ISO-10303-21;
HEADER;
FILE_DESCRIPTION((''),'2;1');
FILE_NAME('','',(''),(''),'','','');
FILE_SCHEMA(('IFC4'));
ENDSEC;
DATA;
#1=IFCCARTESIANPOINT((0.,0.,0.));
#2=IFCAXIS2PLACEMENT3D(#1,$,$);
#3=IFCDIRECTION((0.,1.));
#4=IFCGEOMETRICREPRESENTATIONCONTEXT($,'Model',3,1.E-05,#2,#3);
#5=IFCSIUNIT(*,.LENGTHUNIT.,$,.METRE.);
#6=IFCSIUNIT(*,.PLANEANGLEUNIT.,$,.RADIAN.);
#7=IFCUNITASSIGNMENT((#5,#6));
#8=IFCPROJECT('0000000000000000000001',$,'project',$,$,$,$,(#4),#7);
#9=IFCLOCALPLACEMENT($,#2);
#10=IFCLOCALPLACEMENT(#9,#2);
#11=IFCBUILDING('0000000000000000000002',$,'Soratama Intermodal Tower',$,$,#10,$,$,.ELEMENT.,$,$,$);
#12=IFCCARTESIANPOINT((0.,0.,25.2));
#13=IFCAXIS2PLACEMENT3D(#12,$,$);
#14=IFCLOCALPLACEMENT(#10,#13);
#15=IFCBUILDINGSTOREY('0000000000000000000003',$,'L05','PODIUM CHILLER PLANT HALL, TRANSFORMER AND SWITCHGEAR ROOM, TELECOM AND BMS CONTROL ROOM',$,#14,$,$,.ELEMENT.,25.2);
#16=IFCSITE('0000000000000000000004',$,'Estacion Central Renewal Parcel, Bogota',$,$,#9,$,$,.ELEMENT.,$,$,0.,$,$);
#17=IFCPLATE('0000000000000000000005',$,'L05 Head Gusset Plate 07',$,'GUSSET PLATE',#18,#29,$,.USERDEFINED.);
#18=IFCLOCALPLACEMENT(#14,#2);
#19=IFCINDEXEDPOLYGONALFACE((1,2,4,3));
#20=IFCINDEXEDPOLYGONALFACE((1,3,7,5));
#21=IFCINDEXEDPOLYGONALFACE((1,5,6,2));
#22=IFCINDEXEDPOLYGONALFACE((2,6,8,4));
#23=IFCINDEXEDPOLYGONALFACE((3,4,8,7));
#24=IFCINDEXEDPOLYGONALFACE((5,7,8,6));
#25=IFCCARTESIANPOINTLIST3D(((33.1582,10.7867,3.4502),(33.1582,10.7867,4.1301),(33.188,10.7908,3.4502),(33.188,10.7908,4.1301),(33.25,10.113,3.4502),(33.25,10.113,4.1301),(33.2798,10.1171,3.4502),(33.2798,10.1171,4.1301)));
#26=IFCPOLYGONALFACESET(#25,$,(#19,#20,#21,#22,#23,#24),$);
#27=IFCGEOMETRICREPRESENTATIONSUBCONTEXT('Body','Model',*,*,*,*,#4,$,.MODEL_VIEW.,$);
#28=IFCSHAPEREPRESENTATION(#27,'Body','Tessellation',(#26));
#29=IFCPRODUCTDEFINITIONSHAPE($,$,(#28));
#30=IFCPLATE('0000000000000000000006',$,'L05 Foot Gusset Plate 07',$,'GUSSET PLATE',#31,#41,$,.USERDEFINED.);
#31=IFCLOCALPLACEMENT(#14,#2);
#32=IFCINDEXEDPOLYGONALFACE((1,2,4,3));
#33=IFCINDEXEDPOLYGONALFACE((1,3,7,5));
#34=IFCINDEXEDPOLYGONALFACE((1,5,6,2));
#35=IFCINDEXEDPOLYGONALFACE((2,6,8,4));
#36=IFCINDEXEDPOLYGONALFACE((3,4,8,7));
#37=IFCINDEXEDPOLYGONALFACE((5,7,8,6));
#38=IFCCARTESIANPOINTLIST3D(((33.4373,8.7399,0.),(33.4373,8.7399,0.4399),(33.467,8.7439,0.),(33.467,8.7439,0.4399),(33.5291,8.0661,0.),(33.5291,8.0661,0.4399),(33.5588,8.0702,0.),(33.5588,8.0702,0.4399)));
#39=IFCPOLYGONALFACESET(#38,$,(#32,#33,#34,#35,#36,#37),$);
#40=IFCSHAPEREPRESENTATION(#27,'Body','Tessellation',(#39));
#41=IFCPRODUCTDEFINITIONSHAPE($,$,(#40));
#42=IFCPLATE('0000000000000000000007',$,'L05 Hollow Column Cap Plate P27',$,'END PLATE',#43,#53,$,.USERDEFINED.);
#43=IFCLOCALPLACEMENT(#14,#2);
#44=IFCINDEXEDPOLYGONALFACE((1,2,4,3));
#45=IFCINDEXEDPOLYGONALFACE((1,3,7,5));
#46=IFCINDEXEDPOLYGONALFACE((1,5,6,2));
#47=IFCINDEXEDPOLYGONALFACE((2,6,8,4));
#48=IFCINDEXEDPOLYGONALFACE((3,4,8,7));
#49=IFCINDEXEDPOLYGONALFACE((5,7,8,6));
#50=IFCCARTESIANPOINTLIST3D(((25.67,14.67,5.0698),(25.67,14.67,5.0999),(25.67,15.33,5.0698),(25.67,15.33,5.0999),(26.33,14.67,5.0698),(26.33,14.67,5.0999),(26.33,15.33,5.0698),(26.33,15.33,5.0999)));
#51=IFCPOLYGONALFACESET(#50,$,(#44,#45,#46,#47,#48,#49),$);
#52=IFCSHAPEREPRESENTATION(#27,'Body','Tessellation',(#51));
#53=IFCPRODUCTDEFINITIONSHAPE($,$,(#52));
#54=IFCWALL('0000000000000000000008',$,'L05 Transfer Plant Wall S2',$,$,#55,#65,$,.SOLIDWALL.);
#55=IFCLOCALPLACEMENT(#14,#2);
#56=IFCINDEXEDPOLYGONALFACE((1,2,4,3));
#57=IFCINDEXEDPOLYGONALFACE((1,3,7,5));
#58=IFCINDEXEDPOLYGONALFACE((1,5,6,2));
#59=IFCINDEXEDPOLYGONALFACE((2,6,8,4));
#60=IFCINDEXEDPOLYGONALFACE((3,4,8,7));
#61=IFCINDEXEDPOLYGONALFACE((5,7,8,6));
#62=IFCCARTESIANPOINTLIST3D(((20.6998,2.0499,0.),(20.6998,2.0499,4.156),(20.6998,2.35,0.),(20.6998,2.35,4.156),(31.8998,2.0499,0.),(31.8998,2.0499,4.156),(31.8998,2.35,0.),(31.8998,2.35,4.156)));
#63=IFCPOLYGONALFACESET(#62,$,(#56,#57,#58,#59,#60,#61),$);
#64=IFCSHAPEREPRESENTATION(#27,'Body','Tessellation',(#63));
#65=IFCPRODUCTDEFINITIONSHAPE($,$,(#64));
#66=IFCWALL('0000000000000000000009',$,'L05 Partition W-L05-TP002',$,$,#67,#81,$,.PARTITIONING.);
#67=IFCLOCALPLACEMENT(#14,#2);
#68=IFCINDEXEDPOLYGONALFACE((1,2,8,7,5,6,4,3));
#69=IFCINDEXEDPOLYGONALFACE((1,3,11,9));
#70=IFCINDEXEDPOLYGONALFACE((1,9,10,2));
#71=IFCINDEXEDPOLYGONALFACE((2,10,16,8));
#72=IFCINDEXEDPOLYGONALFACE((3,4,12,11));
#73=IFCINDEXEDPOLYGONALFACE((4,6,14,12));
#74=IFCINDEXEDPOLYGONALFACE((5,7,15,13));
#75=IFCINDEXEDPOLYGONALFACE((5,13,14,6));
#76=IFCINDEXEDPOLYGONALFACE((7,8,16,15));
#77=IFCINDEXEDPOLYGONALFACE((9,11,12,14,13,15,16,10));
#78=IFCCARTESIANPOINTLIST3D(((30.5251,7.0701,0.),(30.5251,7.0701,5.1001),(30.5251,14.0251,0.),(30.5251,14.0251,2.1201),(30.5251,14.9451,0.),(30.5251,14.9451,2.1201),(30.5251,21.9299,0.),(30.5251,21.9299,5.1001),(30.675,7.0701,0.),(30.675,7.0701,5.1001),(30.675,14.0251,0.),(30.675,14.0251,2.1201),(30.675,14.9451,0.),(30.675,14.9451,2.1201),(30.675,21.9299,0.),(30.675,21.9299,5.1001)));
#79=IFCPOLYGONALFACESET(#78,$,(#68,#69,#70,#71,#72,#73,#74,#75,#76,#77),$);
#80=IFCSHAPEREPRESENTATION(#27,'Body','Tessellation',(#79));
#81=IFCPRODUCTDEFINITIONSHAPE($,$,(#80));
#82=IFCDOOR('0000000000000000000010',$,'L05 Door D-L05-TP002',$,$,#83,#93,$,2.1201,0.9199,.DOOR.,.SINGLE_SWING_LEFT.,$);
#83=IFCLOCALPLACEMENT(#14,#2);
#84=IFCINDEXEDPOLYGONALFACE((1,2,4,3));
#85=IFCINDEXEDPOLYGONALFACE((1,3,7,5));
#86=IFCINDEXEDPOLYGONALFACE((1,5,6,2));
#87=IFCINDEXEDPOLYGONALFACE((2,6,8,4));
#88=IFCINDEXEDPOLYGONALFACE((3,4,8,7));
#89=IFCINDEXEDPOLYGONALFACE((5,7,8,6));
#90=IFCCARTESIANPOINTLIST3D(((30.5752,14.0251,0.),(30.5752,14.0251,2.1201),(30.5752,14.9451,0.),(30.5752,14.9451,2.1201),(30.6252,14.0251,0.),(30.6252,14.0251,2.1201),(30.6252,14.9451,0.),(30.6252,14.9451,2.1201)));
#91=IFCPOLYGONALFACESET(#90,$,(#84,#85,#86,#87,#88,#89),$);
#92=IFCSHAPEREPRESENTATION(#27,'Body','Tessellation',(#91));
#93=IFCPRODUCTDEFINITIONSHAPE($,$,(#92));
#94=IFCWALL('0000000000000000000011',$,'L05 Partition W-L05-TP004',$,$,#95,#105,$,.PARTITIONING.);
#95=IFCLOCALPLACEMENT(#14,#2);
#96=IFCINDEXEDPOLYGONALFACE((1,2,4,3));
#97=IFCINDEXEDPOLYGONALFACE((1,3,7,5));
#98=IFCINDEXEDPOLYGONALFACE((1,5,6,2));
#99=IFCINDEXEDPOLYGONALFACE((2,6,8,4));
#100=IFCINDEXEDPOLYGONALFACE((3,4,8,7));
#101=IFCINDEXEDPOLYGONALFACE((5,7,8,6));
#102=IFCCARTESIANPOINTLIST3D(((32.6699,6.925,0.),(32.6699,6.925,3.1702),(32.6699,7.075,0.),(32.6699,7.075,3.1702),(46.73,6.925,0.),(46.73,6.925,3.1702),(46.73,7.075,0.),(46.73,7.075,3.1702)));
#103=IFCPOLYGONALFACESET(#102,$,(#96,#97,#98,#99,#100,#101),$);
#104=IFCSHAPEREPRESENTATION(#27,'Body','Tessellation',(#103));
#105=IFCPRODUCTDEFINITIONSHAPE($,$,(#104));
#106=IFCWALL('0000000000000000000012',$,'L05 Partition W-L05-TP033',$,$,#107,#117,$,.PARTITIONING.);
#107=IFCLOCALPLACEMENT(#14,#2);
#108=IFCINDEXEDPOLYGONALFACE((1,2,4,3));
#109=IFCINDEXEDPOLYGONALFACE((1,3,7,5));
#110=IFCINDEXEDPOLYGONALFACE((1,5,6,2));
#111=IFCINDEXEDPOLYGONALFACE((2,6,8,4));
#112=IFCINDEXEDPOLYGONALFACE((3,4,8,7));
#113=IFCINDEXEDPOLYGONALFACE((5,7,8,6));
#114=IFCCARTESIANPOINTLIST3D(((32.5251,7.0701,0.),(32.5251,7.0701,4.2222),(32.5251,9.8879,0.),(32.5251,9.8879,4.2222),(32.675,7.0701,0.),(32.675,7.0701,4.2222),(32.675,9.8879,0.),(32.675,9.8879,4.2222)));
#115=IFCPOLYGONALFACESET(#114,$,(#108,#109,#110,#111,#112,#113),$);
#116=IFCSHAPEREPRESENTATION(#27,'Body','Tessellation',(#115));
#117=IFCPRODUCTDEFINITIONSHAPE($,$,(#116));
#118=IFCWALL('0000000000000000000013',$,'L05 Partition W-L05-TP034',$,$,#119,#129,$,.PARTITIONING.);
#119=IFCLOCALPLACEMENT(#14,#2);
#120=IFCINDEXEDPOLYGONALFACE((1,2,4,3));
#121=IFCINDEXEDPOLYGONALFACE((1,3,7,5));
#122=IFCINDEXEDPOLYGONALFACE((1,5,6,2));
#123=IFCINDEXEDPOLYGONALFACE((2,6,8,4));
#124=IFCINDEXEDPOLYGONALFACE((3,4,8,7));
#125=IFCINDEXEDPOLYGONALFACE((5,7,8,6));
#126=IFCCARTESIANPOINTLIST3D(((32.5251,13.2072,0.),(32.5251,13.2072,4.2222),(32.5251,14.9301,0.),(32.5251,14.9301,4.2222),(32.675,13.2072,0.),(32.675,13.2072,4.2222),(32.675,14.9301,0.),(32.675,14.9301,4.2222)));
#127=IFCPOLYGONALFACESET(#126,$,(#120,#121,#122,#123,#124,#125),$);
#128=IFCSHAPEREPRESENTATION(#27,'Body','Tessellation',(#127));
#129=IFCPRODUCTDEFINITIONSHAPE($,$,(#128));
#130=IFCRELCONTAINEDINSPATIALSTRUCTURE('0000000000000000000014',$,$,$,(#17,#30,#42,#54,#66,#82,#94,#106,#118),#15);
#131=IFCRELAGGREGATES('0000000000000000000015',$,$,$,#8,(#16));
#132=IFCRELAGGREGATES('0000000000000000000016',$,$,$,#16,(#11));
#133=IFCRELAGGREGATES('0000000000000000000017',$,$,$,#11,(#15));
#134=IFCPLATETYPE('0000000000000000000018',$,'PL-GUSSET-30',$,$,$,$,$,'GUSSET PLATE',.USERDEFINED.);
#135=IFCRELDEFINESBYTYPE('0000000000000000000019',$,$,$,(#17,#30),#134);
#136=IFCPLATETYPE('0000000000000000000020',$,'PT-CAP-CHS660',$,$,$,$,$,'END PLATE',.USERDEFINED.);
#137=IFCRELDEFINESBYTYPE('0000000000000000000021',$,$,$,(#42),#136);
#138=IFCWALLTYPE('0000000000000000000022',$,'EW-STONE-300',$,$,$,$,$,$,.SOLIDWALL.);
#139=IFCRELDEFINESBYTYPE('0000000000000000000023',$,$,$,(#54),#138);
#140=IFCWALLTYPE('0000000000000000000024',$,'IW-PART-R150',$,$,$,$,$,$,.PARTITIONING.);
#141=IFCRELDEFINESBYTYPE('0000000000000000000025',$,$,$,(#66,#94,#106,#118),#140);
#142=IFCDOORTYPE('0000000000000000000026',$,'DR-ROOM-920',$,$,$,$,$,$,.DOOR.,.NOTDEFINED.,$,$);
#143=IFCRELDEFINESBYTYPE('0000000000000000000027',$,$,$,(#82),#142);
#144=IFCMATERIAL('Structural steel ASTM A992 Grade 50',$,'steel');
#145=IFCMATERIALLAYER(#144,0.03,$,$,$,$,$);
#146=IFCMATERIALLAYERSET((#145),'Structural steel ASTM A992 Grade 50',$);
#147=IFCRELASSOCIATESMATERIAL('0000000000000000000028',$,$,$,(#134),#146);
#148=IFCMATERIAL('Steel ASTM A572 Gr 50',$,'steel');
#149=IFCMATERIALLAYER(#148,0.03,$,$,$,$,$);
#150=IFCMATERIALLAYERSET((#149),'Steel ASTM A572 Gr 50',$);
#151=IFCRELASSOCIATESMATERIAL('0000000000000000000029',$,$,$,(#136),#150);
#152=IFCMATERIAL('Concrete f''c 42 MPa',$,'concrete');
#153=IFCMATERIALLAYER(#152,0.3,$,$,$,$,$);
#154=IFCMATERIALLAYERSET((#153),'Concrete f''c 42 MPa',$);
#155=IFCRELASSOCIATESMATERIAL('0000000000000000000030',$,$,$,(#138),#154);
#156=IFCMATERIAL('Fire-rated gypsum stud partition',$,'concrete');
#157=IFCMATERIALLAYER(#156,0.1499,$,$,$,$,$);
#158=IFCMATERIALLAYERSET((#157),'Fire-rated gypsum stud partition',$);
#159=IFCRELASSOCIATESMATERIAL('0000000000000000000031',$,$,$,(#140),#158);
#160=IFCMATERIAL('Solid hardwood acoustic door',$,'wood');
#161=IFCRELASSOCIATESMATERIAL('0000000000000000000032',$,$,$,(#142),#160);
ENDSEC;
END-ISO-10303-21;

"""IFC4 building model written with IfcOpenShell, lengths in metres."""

from ifc_helpers import new_model, si_unit, direction, frame, frame_2d, origin, origin_2d, place, context, subcontext, project, spatial, rectangle, extrude, material, layer, layer_set, type_object, element, fill, save


model = new_model("IFC4")

# Units and contexts
model_context = context("Model", 3, precision=1e-05, world=origin(), true_north=direction((0.0, 1.0)))
body_context = subcontext(model_context, "Body", "Model", "MODEL_VIEW")
ifc_project = project(units=[si_unit("LENGTHUNIT", "METRE"), si_unit("PLANEANGLEUNIT", "RADIAN")], contexts=[model_context])

# Site, building, storey
site_placement = place(None, origin())
site = spatial("IfcSite", under=ifc_project, at=site_placement, Name="Estacion Central Renewal Parcel, Bogota", CompositionType="ELEMENT", RefElevation=0.0)
building_placement = place(site_placement, origin())
building = spatial("IfcBuilding", under=site, at=building_placement, Name="Soratama Intermodal Tower", CompositionType="ELEMENT")
storey_placement = place(building_placement, frame((0.0, 0.0, 25.2)))
storey = spatial("IfcBuildingStorey", under=building, at=storey_placement, Name="L05", Description="PODIUM CHILLER PLANT HALL, TRANSFORMER AND SWITCHGEAR ROOM, TELECOM AND BMS CONTROL ROOM", CompositionType="ELEMENT", Elevation=25.2)

# Plates
ifc_material_1 = material(Name="Structural steel ASTM A992 Grade 50", Category="steel")
ifc_layer_1 = layer(ifc_material_1, 0.03)
ifc_layer_set_1 = layer_set([ifc_layer_1], Name="Structural steel ASTM A992 Grade 50")
plate_type_1 = type_object("IfcPlateType", Name="PL-GUSSET-30", ElementType="GUSSET PLATE", PredefinedType="USERDEFINED", material=ifc_layer_set_1)
plate_1_placement = place(storey_placement, frame((33.219, 10.4519, 3.4502), z_axis=(0.0, 0.0, 1.0), x_axis=(-0.135024, 0.990842, 0.0)))
element("IfcPlate", 1, at=plate_1_placement, inside=storey, type_object=plate_type_1, Name="L05 Head Gusset Plate 07", ObjectType="GUSSET PLATE", PredefinedType="USERDEFINED", context=body_context, shape_type="SweptSolid", body=[
    extrude(rectangle(XDim=0.6799, YDim=0.03, at=origin_2d()), origin(), (0.0, 0.0, 1.0), 0.6799),
])
plate_2_placement = place(storey_placement, frame((33.498, 8.405, 0.0), z_axis=(0.0, 0.0, 1.0), x_axis=(-0.135024, 0.990842, 0.0)))
element("IfcPlate", 2, at=plate_2_placement, inside=storey, type_object=plate_type_1, Name="L05 Foot Gusset Plate 07", ObjectType="GUSSET PLATE", PredefinedType="USERDEFINED", context=body_context, shape_type="SweptSolid", body=[
    extrude(rectangle(XDim=0.6799, YDim=0.03, at=origin_2d()), origin(), (0.0, 0.0, 1.0), 0.4399),
])
ifc_material_2 = material(Name="Steel ASTM A572 Gr 50", Category="steel")
ifc_layer_2 = layer(ifc_material_2, 0.03)
ifc_layer_set_2 = layer_set([ifc_layer_2], Name="Steel ASTM A572 Gr 50")
plate_type_2 = type_object("IfcPlateType", Name="PT-CAP-CHS660", ElementType="END PLATE", PredefinedType="USERDEFINED", material=ifc_layer_set_2)
plate_3_placement = place(storey_placement, frame((26.0, 15.0, 5.0698), z_axis=(0.0, 0.0, 1.0), x_axis=(1.0, 0.0, 0.0)))
element("IfcPlate", 3, at=plate_3_placement, inside=storey, type_object=plate_type_2, Name="L05 Hollow Column Cap Plate P27", ObjectType="END PLATE", PredefinedType="USERDEFINED", context=body_context, shape_type="SweptSolid", body=[
    extrude(rectangle(XDim=0.6599, YDim=0.6599, at=origin_2d()), origin(), (0.0, 0.0, 1.0), 0.03),
])

# Wall
ifc_material_3 = material(Name="Concrete f'c 42 MPa", Category="concrete")
ifc_layer_3 = layer(ifc_material_3, 0.3)
ifc_layer_set_3 = layer_set([ifc_layer_3], Name="Concrete f'c 42 MPa")
wall_type_1 = type_object("IfcWallType", Name="EW-STONE-300", PredefinedType="SOLIDWALL", material=ifc_layer_set_3)
wall_1_placement = place(storey_placement, frame((31.8999, 2.2, 0.0), z_axis=(0.0, 0.0, 1.0), x_axis=(-1.0, 0.0, 0.0)))
element("IfcWall", 4, at=wall_1_placement, inside=storey, type_object=wall_type_1, Name="L05 Transfer Plant Wall S2", PredefinedType="SOLIDWALL", context=body_context, shape_type="SweptSolid", body=[
    extrude(rectangle(XDim=11.2, YDim=0.3, at=frame_2d((5.6001, 0.0))), origin(), (0.0, 0.0, 1.0), 4.156),
])

# Wall, opening, door
ifc_material_4 = material(Name="Fire-rated gypsum stud partition", Category="concrete")
ifc_layer_4 = layer(ifc_material_4, 0.1499)
ifc_layer_set_4 = layer_set([ifc_layer_4], Name="Fire-rated gypsum stud partition")
wall_type_2 = type_object("IfcWallType", Name="IW-PART-R150", PredefinedType="PARTITIONING", material=ifc_layer_set_4)
wall_2_placement = place(storey_placement, frame((30.6001, 7.0701, 0.0), z_axis=(0.0, 0.0, 1.0), x_axis=(0.0, 1.0, 0.0)))
wall_2 = element("IfcWall", 5, at=wall_2_placement, inside=storey, type_object=wall_type_2, Name="L05 Partition W-L05-TP002", PredefinedType="PARTITIONING", context=body_context, shape_type="SweptSolid", body=[
    extrude(rectangle(XDim=14.8599, YDim=0.1499, at=frame_2d((7.4299, 0.0))), origin(), (0.0, 0.0, 1.0), 5.1001),
])
opening_placement = place(wall_2_placement, frame((6.9551, 0.0, 0.0)))
opening = element("IfcOpeningElement", 6, at=opening_placement, cuts=wall_2, PredefinedType="OPENING", context=body_context, shape_type="SweptSolid", body=[
    extrude(rectangle(XDim=0.9199, YDim=2.1201, at=frame_2d((0.46, 1.0601))), frame((0.0, 0.085, 0.0), z_axis=(0.0, -1.0, 0.0), x_axis=(1.0, 0.0, 0.0)), (0.0, 0.0, 1.0), 0.1699),
])
ifc_material_5 = material(Name="Solid hardwood acoustic door", Category="wood")
door_type = type_object("IfcDoorType", Name="DR-ROOM-920", OperationType="NOTDEFINED", PredefinedType="DOOR", material=ifc_material_5)
door_placement = place(opening_placement, origin())
door = element("IfcDoor", 7, at=door_placement, inside=storey, type_object=door_type, Name="L05 Door D-L05-TP002", OperationType="SINGLE_SWING_LEFT", OverallHeight=2.1201, OverallWidth=0.9199, PredefinedType="DOOR", context=body_context, shape_type="SweptSolid", body=[
    extrude(rectangle(XDim=0.9199, YDim=2.1201, at=frame_2d((0.46, 1.0601))), frame((0.0, 0.0249, 0.0), z_axis=(0.0, -1.0, 0.0), x_axis=(1.0, 0.0, 0.0)), (0.0, 0.0, 1.0), 0.05),
])
fill(opening, door)

# Walls
wall_3_placement = place(storey_placement, frame((32.6699, 7.0, 0.0), z_axis=(0.0, 0.0, 1.0), x_axis=(1.0, 0.0, 0.0)))
element("IfcWall", 8, at=wall_3_placement, inside=storey, type_object=wall_type_2, Name="L05 Partition W-L05-TP004", PredefinedType="PARTITIONING", context=body_context, shape_type="SweptSolid", body=[
    extrude(rectangle(XDim=14.0601, YDim=0.1499, at=frame_2d((7.03, 0.0))), origin(), (0.0, 0.0, 1.0), 3.1702),
])
wall_4_placement = place(storey_placement, frame((32.6001, 9.8879, 0.0), z_axis=(0.0, 0.0, 1.0), x_axis=(0.0, -1.0, 0.0)))
element("IfcWall", 9, at=wall_4_placement, inside=storey, type_object=wall_type_2, Name="L05 Partition W-L05-TP033", PredefinedType="PARTITIONING", context=body_context, shape_type="SweptSolid", body=[
    extrude(rectangle(XDim=2.8179, YDim=0.1499, at=frame_2d((1.4089, 0.0))), origin(), (0.0, 0.0, 1.0), 4.2222),
])
wall_5_placement = place(storey_placement, frame((32.6001, 14.9299, 0.0), z_axis=(0.0, 0.0, 1.0), x_axis=(0.0, -1.0, 0.0)))
element("IfcWall", 10, at=wall_5_placement, inside=storey, type_object=wall_type_2, Name="L05 Partition W-L05-TP034", PredefinedType="PARTITIONING", context=body_context, shape_type="SweptSolid", body=[
    extrude(rectangle(XDim=1.7229, YDim=0.1499, at=frame_2d((0.8613, 0.0))), origin(), (0.0, 0.0, 1.0), 4.2222),
])

save(model, "model.ifc")
